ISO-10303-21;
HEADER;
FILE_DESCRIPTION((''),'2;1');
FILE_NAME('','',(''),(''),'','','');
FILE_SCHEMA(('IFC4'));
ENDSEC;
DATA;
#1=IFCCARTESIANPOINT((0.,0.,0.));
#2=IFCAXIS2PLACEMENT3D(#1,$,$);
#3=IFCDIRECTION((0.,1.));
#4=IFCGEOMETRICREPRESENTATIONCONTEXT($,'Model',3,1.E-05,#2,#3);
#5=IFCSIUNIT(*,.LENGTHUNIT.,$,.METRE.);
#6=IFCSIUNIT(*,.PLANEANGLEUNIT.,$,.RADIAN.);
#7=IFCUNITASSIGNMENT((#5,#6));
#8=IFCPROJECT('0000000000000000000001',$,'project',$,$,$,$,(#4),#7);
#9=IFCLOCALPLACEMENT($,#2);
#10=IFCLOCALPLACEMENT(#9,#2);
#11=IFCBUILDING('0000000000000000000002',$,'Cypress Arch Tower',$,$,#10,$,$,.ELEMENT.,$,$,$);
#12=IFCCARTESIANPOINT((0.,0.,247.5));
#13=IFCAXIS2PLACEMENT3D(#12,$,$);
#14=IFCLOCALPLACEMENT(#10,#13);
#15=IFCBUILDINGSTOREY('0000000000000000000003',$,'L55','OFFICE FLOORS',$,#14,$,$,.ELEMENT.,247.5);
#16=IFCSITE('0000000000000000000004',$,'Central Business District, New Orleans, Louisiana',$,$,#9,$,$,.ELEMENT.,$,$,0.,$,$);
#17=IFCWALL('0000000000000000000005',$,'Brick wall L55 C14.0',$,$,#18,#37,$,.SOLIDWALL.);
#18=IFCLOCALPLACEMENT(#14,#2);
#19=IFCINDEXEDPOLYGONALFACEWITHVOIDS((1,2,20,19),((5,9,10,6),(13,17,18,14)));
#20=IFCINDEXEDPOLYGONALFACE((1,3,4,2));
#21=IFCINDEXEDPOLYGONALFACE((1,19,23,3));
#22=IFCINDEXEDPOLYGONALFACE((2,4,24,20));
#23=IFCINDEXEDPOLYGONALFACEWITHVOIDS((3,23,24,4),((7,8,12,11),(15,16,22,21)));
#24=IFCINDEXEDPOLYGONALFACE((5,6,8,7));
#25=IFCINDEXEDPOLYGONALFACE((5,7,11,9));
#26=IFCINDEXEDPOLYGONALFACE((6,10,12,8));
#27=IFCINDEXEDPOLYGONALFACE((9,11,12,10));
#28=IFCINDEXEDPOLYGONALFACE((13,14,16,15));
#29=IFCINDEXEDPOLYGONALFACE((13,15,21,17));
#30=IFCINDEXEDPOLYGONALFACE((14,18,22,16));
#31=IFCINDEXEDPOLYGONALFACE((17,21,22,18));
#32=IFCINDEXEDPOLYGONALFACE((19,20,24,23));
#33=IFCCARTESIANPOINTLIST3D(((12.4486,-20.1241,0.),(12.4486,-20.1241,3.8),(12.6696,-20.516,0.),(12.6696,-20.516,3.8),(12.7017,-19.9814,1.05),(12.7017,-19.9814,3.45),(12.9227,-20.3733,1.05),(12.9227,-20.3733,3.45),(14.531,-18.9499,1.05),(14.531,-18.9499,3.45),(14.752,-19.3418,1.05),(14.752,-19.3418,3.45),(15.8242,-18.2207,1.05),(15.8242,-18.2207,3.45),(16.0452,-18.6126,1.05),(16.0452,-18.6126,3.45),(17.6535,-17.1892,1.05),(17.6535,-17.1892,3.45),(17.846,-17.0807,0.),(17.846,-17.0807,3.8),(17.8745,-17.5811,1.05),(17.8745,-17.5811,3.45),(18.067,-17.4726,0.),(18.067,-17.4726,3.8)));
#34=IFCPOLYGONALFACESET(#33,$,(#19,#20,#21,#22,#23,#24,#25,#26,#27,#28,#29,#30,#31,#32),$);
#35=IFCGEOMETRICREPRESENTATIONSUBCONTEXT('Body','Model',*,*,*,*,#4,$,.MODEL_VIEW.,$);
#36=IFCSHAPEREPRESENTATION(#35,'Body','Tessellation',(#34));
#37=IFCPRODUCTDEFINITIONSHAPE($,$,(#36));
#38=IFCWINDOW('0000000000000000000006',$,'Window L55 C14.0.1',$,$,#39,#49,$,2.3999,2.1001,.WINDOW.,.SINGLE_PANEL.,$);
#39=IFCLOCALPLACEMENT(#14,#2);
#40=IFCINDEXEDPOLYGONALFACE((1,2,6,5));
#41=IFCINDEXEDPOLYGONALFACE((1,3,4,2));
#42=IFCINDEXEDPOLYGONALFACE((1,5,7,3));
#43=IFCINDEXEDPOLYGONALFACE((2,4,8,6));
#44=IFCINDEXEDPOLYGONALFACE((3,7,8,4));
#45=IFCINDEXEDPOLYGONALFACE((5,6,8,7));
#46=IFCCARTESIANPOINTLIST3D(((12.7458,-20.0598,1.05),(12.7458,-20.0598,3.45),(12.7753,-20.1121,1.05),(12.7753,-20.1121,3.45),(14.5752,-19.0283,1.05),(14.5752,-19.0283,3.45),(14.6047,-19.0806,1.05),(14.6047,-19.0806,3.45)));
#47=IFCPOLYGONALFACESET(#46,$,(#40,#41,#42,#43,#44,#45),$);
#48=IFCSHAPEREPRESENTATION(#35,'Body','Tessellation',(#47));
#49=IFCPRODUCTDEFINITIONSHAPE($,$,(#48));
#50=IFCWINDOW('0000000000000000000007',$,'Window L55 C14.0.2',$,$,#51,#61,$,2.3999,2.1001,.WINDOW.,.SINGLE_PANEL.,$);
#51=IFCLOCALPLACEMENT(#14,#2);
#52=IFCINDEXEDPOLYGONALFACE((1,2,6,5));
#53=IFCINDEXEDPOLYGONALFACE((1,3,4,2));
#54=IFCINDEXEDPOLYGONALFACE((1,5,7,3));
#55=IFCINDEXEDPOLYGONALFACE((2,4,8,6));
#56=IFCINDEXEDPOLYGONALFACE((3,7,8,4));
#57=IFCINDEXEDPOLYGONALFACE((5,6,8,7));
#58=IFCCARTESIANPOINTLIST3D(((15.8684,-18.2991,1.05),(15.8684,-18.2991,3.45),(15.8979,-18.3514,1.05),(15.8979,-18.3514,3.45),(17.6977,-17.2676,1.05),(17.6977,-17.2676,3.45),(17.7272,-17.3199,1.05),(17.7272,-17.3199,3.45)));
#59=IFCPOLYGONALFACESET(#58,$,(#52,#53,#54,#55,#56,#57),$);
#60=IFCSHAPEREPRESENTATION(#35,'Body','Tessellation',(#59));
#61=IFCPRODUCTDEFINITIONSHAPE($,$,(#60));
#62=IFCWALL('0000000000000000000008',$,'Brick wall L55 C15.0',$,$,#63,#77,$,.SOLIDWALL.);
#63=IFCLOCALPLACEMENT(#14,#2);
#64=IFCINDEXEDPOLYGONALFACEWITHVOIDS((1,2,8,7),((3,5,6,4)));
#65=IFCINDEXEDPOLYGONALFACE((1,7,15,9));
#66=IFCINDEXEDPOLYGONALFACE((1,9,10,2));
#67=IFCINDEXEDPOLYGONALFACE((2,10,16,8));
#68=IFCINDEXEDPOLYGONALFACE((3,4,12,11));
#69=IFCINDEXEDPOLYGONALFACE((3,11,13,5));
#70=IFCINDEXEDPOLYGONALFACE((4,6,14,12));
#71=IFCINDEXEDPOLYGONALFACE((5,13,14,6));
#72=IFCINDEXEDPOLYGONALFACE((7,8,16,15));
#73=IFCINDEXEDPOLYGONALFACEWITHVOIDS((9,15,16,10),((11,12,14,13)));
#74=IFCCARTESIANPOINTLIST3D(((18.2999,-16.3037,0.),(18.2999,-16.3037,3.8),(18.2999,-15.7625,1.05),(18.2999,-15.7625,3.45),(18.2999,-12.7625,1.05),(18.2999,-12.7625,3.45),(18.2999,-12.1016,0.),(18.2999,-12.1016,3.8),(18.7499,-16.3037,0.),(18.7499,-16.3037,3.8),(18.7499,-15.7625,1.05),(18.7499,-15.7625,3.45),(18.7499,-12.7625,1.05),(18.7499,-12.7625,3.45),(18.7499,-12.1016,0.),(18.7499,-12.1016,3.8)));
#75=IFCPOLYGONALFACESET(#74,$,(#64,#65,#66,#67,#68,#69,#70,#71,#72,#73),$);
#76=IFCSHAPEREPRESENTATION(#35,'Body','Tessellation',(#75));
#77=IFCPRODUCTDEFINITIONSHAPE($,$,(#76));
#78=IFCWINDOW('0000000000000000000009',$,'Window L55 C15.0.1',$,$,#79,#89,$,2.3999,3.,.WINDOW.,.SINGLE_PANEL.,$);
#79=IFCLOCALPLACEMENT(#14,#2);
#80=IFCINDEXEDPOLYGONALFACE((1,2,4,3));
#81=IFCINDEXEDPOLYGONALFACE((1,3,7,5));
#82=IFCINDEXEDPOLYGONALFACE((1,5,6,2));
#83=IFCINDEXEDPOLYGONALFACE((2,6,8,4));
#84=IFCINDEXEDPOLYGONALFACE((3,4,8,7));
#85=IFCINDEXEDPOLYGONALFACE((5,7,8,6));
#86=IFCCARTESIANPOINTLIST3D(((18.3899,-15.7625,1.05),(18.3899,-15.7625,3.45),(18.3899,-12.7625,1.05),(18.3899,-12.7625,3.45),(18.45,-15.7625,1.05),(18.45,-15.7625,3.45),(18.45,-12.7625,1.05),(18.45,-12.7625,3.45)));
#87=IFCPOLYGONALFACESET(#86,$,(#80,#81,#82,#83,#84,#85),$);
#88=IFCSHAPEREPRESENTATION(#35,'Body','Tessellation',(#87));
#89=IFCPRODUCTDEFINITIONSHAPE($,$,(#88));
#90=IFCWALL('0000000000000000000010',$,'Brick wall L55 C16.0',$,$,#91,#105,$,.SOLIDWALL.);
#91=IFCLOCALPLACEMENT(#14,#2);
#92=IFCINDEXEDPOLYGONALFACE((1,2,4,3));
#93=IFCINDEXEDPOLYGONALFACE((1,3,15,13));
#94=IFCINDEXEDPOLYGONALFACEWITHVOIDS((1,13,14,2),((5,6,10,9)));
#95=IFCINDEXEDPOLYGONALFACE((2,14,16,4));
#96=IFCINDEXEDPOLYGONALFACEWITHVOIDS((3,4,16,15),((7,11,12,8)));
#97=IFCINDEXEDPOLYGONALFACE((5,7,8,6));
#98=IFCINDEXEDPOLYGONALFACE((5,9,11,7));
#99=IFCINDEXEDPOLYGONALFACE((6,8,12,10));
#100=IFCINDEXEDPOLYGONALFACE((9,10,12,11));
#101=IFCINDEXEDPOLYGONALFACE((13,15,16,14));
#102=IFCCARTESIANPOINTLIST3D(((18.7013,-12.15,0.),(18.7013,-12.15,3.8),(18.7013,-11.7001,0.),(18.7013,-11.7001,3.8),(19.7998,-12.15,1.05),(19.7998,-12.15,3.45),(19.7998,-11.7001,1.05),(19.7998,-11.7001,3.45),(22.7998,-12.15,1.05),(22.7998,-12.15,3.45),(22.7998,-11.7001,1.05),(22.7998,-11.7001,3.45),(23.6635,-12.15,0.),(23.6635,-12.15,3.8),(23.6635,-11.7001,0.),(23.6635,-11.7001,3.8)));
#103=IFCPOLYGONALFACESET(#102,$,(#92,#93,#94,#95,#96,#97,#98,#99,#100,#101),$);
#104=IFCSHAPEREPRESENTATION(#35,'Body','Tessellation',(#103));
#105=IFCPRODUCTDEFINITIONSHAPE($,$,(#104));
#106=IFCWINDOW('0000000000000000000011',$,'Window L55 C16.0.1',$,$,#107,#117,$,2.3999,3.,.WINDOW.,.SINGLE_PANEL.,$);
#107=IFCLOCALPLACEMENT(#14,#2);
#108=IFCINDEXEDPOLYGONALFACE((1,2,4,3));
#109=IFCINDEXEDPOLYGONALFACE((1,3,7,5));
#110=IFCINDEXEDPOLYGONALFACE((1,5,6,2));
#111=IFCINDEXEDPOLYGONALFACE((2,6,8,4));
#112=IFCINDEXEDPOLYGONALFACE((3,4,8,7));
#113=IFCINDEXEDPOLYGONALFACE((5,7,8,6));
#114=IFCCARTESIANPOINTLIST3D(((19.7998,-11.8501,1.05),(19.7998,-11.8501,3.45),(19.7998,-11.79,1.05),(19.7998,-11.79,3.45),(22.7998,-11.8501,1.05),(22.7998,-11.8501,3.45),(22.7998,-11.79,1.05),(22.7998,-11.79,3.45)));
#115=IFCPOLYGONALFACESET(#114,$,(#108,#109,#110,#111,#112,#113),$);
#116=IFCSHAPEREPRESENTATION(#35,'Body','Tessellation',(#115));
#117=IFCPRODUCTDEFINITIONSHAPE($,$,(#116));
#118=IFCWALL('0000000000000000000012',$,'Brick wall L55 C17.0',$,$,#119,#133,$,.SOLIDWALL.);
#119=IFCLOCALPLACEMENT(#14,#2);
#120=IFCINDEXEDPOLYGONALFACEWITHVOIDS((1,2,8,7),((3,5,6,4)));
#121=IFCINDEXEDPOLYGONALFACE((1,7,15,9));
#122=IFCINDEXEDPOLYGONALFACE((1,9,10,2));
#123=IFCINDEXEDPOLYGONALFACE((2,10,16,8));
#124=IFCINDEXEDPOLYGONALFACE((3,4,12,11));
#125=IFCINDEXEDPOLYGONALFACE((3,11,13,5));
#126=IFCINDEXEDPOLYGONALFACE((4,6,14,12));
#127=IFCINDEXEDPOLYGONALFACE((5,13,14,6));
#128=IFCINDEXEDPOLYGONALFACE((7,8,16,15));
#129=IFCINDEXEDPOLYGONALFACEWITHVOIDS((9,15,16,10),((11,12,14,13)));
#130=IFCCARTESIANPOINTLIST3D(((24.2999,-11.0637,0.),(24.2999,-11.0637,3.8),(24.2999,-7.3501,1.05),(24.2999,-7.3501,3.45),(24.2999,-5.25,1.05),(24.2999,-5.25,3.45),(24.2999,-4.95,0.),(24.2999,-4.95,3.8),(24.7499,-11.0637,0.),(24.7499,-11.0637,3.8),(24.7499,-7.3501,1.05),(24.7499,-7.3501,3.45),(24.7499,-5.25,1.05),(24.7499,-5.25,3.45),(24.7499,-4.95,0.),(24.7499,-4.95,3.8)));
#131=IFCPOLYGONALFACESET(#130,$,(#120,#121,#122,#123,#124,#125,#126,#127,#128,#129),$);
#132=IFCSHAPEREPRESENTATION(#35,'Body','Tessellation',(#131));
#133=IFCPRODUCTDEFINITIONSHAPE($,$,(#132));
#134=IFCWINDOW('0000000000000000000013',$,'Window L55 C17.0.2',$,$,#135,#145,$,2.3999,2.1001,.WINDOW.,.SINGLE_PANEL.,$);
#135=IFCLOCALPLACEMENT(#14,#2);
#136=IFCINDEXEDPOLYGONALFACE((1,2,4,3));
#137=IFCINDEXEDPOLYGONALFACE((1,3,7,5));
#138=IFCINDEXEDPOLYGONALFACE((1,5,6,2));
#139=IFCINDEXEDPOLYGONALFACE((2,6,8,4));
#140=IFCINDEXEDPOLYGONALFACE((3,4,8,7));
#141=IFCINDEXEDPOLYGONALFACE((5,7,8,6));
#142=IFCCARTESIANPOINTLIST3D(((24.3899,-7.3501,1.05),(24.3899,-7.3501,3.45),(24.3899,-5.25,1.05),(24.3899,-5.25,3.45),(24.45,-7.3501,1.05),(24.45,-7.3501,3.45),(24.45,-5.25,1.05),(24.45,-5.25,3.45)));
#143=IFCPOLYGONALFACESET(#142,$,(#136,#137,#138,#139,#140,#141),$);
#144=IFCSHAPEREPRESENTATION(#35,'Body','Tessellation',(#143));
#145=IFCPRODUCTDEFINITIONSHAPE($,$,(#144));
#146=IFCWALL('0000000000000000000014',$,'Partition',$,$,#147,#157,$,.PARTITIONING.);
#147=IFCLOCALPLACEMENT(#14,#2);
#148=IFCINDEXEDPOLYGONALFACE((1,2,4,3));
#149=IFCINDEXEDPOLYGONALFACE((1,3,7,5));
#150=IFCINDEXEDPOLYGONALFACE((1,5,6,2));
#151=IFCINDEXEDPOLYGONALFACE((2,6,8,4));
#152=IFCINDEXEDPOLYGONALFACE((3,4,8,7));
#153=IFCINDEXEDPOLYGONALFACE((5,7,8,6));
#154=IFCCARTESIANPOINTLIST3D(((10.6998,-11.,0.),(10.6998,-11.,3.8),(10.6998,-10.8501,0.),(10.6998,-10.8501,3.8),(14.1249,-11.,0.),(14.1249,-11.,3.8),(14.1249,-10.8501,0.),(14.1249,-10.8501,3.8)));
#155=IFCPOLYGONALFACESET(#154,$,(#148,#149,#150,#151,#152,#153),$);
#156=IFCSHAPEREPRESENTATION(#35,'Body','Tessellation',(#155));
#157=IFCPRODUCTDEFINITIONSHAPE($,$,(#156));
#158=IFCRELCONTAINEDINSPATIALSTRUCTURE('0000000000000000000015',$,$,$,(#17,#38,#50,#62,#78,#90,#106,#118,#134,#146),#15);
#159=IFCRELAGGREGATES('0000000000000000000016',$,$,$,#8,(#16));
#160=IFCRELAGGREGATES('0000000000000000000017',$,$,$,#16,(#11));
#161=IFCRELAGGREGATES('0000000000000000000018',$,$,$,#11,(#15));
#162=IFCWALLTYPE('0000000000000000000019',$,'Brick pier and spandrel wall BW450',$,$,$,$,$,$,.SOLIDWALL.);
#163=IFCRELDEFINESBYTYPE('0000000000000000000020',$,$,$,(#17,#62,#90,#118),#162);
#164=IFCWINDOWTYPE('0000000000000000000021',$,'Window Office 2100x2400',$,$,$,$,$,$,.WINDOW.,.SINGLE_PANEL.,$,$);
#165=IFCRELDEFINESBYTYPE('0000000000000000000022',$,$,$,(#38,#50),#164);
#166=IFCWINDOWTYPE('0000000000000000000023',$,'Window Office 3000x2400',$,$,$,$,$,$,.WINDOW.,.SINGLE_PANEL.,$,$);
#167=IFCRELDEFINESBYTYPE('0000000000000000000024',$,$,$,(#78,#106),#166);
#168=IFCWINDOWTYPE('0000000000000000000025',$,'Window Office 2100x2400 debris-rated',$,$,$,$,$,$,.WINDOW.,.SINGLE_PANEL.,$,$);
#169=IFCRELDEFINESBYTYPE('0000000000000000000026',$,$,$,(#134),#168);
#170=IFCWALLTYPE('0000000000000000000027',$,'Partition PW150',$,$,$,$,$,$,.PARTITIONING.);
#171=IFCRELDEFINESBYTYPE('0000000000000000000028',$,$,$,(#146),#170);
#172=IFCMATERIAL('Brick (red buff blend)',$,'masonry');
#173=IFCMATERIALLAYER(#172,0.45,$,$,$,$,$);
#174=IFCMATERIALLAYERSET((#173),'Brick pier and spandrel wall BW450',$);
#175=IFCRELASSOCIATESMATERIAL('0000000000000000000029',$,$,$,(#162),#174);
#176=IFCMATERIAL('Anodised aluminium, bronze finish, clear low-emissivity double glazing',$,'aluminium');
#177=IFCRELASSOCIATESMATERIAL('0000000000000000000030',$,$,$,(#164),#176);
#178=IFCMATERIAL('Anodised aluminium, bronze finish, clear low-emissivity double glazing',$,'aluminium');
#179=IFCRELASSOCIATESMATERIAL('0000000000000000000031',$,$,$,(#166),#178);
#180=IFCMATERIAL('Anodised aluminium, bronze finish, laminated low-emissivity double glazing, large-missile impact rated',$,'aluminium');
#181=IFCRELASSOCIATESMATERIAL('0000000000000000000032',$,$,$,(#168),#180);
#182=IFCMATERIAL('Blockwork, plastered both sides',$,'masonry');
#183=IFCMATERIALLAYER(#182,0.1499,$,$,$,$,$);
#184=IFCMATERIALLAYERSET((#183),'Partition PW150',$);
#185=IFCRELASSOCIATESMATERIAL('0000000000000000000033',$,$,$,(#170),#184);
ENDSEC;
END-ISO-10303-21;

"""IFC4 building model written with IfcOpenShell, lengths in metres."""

from ifc_helpers import new_model, si_unit, direction, frame, frame_2d, origin, place, context, subcontext, project, spatial, rectangle, extrude, material, layer, layer_set, type_object, element, fill, save


model = new_model("IFC4")

# Units and contexts
model_context = context("Model", 3, precision=1e-05, world=origin(), true_north=direction((0.0, 1.0)))
body_context = subcontext(model_context, "Body", "Model", "MODEL_VIEW")
ifc_project = project(units=[si_unit("LENGTHUNIT", "METRE"), si_unit("PLANEANGLEUNIT", "RADIAN")], contexts=[model_context])

# Site, building, storey
site_placement = place(None, origin())
site = spatial("IfcSite", under=ifc_project, at=site_placement, Name="Central Business District, New Orleans, Louisiana", CompositionType="ELEMENT", RefElevation=0.0)
building_placement = place(site_placement, origin())
building = spatial("IfcBuilding", under=site, at=building_placement, Name="Cypress Arch Tower", CompositionType="ELEMENT")
storey_placement = place(building_placement, frame((0.0, 0.0, 247.5)))
storey = spatial("IfcBuildingStorey", under=building, at=storey_placement, Name="L55", Description="OFFICE FLOORS", CompositionType="ELEMENT", Elevation=247.5)

# Wall, openings, windows
ifc_material_1 = material(Name="Brick (red buff blend)", Category="masonry")
ifc_layer_1 = layer(ifc_material_1, 0.45)
ifc_layer_set_1 = layer_set([ifc_layer_1], Name="Brick pier and spandrel wall BW450")
wall_type_1 = type_object("IfcWallType", Name="Brick pier and spandrel wall BW450", PredefinedType="SOLIDWALL", material=ifc_layer_set_1)
wall_1_placement = place(storey_placement, frame((12.5591, -20.3201, 0.0), z_axis=(0.0, 0.0, 1.0), x_axis=(0.871066, 0.491166, 0.0)))
wall_1 = element("IfcWall", 1, at=wall_1_placement, inside=storey, type_object=wall_type_1, Name="Brick wall L55 C14.0", PredefinedType="SOLIDWALL", context=body_context, shape_type="SweptSolid", body=[
    extrude(rectangle(XDim=6.1963, YDim=0.45, at=frame_2d((3.0981, 0.0))), origin(), (0.0, 0.0, 1.0), 3.8),
])
opening_1_placement = place(wall_1_placement, frame((0.2905, 0.0, 1.05)))
opening_1 = element("IfcOpeningElement", 2, at=opening_1_placement, cuts=wall_1, PredefinedType="OPENING", context=body_context, shape_type="SweptSolid", body=[
    extrude(rectangle(XDim=2.1001, YDim=2.3999, at=frame_2d((1.05, 1.2))), frame((0.0, 0.2349, 0.0), z_axis=(0.0, -1.0, 0.0), x_axis=(1.0, 0.0, 0.0)), (0.0, 0.0, 1.0), 0.47),
])
opening_2_placement = place(wall_1_placement, frame((3.8752, 0.0, 1.05)))
opening_2 = element("IfcOpeningElement", 3, at=opening_2_placement, cuts=wall_1, PredefinedType="OPENING", context=body_context, shape_type="SweptSolid", body=[
    extrude(rectangle(XDim=2.1001, YDim=2.3999, at=frame_2d((1.05, 1.2))), frame((0.0, 0.2349, 0.0), z_axis=(0.0, -1.0, 0.0), x_axis=(1.0, 0.0, 0.0)), (0.0, 0.0, 1.0), 0.47),
])
ifc_material_2 = material(Name="Anodised aluminium, bronze finish, clear low-emissivity double glazing", Category="aluminium")
window_type_1 = type_object("IfcWindowType", Name="Window Office 2100x2400", PartitioningType="SINGLE_PANEL", PredefinedType="WINDOW", material=ifc_material_2)
window_1_placement = place(opening_1_placement, origin())
window_1 = element("IfcWindow", 4, at=window_1_placement, inside=storey, type_object=window_type_1, Name="Window L55 C14.0.1", OverallHeight=2.3999, OverallWidth=2.1001, PartitioningType="SINGLE_PANEL", PredefinedType="WINDOW", context=body_context, shape_type="SweptSolid", body=[
    extrude(rectangle(XDim=2.1001, YDim=2.3999, at=frame_2d((1.05, 1.2))), frame((0.0, 0.135, 0.0), z_axis=(0.0, -1.0, 0.0), x_axis=(1.0, 0.0, 0.0)), (0.0, 0.0, 1.0), 0.0601),
])
fill(opening_1, window_1)
window_2_placement = place(opening_2_placement, origin())
window_2 = element("IfcWindow", 5, at=window_2_placement, inside=storey, type_object=window_type_1, Name="Window L55 C14.0.2", OverallHeight=2.3999, OverallWidth=2.1001, PartitioningType="SINGLE_PANEL", PredefinedType="WINDOW", context=body_context, shape_type="SweptSolid", body=[
    extrude(rectangle(XDim=2.1001, YDim=2.3999, at=frame_2d((1.05, 1.2))), frame((0.0, 0.135, 0.0), z_axis=(0.0, -1.0, 0.0), x_axis=(1.0, 0.0, 0.0)), (0.0, 0.0, 1.0), 0.0601),
])
fill(opening_2, window_2)

# Walls, openings, windows
wall_2_placement = place(storey_placement, frame((18.5249, -16.3037, 0.0), z_axis=(0.0, 0.0, 1.0), x_axis=(0.0, 1.0, 0.0)))
wall_2 = element("IfcWall", 6, at=wall_2_placement, inside=storey, type_object=wall_type_1, Name="Brick wall L55 C15.0", PredefinedType="SOLIDWALL", context=body_context, shape_type="SweptSolid", body=[
    extrude(rectangle(XDim=4.2021, YDim=0.45, at=frame_2d((2.1011, 0.0))), origin(), (0.0, 0.0, 1.0), 3.8),
])
opening_3_placement = place(wall_2_placement, frame((0.5413, 0.0, 1.05)))
opening_3 = element("IfcOpeningElement", 7, at=opening_3_placement, cuts=wall_2, PredefinedType="OPENING", context=body_context, shape_type="SweptSolid", body=[
    extrude(rectangle(XDim=3.0, YDim=2.3999, at=frame_2d((1.5, 1.2))), frame((0.0, 0.2349, 0.0), z_axis=(0.0, -1.0, 0.0), x_axis=(1.0, 0.0, 0.0)), (0.0, 0.0, 1.0), 0.47),
])
ifc_material_3 = material(Name="Anodised aluminium, bronze finish, clear low-emissivity double glazing", Category="aluminium")
window_type_2 = type_object("IfcWindowType", Name="Window Office 3000x2400", PartitioningType="SINGLE_PANEL", PredefinedType="WINDOW", material=ifc_material_3)
window_3_placement = place(opening_3_placement, origin())
window_3 = element("IfcWindow", 8, at=window_3_placement, inside=storey, type_object=window_type_2, Name="Window L55 C15.0.1", OverallHeight=2.3999, OverallWidth=3.0, PartitioningType="SINGLE_PANEL", PredefinedType="WINDOW", context=body_context, shape_type="SweptSolid", body=[
    extrude(rectangle(XDim=3.0, YDim=2.3999, at=frame_2d((1.5, 1.2))), frame((0.0, 0.135, 0.0), z_axis=(0.0, -1.0, 0.0), x_axis=(1.0, 0.0, 0.0)), (0.0, 0.0, 1.0), 0.0601),
])
fill(opening_3, window_3)
wall_3_placement = place(storey_placement, frame((18.7014, -11.925, 0.0), z_axis=(0.0, 0.0, 1.0), x_axis=(1.0, 0.0, 0.0)))
wall_3 = element("IfcWall", 9, at=wall_3_placement, inside=storey, type_object=wall_type_1, Name="Brick wall L55 C16.0", PredefinedType="SOLIDWALL", context=body_context, shape_type="SweptSolid", body=[
    extrude(rectangle(XDim=4.9622, YDim=0.45, at=frame_2d((2.481, 0.0))), origin(), (0.0, 0.0, 1.0), 3.8),
])
opening_4_placement = place(wall_3_placement, frame((1.0984, 0.0, 1.05)))
opening_4 = element("IfcOpeningElement", 10, at=opening_4_placement, cuts=wall_3, PredefinedType="OPENING", context=body_context, shape_type="SweptSolid", body=[
    extrude(rectangle(XDim=3.0, YDim=2.3999, at=frame_2d((1.5, 1.2))), frame((0.0, 0.2349, 0.0), z_axis=(0.0, -1.0, 0.0), x_axis=(1.0, 0.0, 0.0)), (0.0, 0.0, 1.0), 0.47),
])
window_4_placement = place(opening_4_placement, origin())
window_4 = element("IfcWindow", 11, at=window_4_placement, inside=storey, type_object=window_type_2, Name="Window L55 C16.0.1", OverallHeight=2.3999, OverallWidth=3.0, PartitioningType="SINGLE_PANEL", PredefinedType="WINDOW", context=body_context, shape_type="SweptSolid", body=[
    extrude(rectangle(XDim=3.0, YDim=2.3999, at=frame_2d((1.5, 1.2))), frame((0.0, 0.135, 0.0), z_axis=(0.0, -1.0, 0.0), x_axis=(1.0, 0.0, 0.0)), (0.0, 0.0, 1.0), 0.0601),
])
fill(opening_4, window_4)
wall_4_placement = place(storey_placement, frame((24.5249, -11.0637, 0.0), z_axis=(0.0, 0.0, 1.0), x_axis=(0.0, 1.0, 0.0)))
wall_4 = element("IfcWall", 12, at=wall_4_placement, inside=storey, type_object=wall_type_1, Name="Brick wall L55 C17.0", PredefinedType="SOLIDWALL", context=body_context, shape_type="SweptSolid", body=[
    extrude(rectangle(XDim=6.1138, YDim=0.45, at=frame_2d((3.0569, 0.0))), origin(), (0.0, 0.0, 1.0), 3.8),
])
opening_5_placement = place(wall_4_placement, frame((3.7136, 0.0, 1.05)))
opening_5 = element("IfcOpeningElement", 13, at=opening_5_placement, cuts=wall_4, PredefinedType="OPENING", context=body_context, shape_type="SweptSolid", body=[
    extrude(rectangle(XDim=2.1001, YDim=2.3999, at=frame_2d((1.05, 1.2))), frame((0.0, 0.2349, 0.0), z_axis=(0.0, -1.0, 0.0), x_axis=(1.0, 0.0, 0.0)), (0.0, 0.0, 1.0), 0.47),
])
ifc_material_4 = material(Name="Anodised aluminium, bronze finish, laminated low-emissivity double glazing, large-missile impact rated", Category="aluminium")
window_type_3 = type_object("IfcWindowType", Name="Window Office 2100x2400 debris-rated", PartitioningType="SINGLE_PANEL", PredefinedType="WINDOW", material=ifc_material_4)
window_5_placement = place(opening_5_placement, origin())
window_5 = element("IfcWindow", 14, at=window_5_placement, inside=storey, type_object=window_type_3, Name="Window L55 C17.0.2", OverallHeight=2.3999, OverallWidth=2.1001, PartitioningType="SINGLE_PANEL", PredefinedType="WINDOW", context=body_context, shape_type="SweptSolid", body=[
    extrude(rectangle(XDim=2.1001, YDim=2.3999, at=frame_2d((1.05, 1.2))), frame((0.0, 0.135, 0.0), z_axis=(0.0, -1.0, 0.0), x_axis=(1.0, 0.0, 0.0)), (0.0, 0.0, 1.0), 0.0601),
])
fill(opening_5, window_5)

# Wall
ifc_material_5 = material(Name="Blockwork, plastered both sides", Category="masonry")
ifc_layer_2 = layer(ifc_material_5, 0.1499)
ifc_layer_set_2 = layer_set([ifc_layer_2], Name="Partition PW150")
wall_type_2 = type_object("IfcWallType", Name="Partition PW150", PredefinedType="PARTITIONING", material=ifc_layer_set_2)
wall_5_placement = place(storey_placement, frame((10.7, -10.925, 0.0), z_axis=(0.0, 0.0, 1.0), x_axis=(1.0, 0.0, 0.0)))
element("IfcWall", 15, at=wall_5_placement, inside=storey, type_object=wall_type_2, Name="Partition", PredefinedType="PARTITIONING", context=body_context, shape_type="SweptSolid", body=[
    extrude(rectangle(XDim=3.425, YDim=0.1499, at=frame_2d((1.7124, 0.0))), origin(), (0.0, 0.0, 1.0), 3.8),
])

save(model, "model.ifc")
